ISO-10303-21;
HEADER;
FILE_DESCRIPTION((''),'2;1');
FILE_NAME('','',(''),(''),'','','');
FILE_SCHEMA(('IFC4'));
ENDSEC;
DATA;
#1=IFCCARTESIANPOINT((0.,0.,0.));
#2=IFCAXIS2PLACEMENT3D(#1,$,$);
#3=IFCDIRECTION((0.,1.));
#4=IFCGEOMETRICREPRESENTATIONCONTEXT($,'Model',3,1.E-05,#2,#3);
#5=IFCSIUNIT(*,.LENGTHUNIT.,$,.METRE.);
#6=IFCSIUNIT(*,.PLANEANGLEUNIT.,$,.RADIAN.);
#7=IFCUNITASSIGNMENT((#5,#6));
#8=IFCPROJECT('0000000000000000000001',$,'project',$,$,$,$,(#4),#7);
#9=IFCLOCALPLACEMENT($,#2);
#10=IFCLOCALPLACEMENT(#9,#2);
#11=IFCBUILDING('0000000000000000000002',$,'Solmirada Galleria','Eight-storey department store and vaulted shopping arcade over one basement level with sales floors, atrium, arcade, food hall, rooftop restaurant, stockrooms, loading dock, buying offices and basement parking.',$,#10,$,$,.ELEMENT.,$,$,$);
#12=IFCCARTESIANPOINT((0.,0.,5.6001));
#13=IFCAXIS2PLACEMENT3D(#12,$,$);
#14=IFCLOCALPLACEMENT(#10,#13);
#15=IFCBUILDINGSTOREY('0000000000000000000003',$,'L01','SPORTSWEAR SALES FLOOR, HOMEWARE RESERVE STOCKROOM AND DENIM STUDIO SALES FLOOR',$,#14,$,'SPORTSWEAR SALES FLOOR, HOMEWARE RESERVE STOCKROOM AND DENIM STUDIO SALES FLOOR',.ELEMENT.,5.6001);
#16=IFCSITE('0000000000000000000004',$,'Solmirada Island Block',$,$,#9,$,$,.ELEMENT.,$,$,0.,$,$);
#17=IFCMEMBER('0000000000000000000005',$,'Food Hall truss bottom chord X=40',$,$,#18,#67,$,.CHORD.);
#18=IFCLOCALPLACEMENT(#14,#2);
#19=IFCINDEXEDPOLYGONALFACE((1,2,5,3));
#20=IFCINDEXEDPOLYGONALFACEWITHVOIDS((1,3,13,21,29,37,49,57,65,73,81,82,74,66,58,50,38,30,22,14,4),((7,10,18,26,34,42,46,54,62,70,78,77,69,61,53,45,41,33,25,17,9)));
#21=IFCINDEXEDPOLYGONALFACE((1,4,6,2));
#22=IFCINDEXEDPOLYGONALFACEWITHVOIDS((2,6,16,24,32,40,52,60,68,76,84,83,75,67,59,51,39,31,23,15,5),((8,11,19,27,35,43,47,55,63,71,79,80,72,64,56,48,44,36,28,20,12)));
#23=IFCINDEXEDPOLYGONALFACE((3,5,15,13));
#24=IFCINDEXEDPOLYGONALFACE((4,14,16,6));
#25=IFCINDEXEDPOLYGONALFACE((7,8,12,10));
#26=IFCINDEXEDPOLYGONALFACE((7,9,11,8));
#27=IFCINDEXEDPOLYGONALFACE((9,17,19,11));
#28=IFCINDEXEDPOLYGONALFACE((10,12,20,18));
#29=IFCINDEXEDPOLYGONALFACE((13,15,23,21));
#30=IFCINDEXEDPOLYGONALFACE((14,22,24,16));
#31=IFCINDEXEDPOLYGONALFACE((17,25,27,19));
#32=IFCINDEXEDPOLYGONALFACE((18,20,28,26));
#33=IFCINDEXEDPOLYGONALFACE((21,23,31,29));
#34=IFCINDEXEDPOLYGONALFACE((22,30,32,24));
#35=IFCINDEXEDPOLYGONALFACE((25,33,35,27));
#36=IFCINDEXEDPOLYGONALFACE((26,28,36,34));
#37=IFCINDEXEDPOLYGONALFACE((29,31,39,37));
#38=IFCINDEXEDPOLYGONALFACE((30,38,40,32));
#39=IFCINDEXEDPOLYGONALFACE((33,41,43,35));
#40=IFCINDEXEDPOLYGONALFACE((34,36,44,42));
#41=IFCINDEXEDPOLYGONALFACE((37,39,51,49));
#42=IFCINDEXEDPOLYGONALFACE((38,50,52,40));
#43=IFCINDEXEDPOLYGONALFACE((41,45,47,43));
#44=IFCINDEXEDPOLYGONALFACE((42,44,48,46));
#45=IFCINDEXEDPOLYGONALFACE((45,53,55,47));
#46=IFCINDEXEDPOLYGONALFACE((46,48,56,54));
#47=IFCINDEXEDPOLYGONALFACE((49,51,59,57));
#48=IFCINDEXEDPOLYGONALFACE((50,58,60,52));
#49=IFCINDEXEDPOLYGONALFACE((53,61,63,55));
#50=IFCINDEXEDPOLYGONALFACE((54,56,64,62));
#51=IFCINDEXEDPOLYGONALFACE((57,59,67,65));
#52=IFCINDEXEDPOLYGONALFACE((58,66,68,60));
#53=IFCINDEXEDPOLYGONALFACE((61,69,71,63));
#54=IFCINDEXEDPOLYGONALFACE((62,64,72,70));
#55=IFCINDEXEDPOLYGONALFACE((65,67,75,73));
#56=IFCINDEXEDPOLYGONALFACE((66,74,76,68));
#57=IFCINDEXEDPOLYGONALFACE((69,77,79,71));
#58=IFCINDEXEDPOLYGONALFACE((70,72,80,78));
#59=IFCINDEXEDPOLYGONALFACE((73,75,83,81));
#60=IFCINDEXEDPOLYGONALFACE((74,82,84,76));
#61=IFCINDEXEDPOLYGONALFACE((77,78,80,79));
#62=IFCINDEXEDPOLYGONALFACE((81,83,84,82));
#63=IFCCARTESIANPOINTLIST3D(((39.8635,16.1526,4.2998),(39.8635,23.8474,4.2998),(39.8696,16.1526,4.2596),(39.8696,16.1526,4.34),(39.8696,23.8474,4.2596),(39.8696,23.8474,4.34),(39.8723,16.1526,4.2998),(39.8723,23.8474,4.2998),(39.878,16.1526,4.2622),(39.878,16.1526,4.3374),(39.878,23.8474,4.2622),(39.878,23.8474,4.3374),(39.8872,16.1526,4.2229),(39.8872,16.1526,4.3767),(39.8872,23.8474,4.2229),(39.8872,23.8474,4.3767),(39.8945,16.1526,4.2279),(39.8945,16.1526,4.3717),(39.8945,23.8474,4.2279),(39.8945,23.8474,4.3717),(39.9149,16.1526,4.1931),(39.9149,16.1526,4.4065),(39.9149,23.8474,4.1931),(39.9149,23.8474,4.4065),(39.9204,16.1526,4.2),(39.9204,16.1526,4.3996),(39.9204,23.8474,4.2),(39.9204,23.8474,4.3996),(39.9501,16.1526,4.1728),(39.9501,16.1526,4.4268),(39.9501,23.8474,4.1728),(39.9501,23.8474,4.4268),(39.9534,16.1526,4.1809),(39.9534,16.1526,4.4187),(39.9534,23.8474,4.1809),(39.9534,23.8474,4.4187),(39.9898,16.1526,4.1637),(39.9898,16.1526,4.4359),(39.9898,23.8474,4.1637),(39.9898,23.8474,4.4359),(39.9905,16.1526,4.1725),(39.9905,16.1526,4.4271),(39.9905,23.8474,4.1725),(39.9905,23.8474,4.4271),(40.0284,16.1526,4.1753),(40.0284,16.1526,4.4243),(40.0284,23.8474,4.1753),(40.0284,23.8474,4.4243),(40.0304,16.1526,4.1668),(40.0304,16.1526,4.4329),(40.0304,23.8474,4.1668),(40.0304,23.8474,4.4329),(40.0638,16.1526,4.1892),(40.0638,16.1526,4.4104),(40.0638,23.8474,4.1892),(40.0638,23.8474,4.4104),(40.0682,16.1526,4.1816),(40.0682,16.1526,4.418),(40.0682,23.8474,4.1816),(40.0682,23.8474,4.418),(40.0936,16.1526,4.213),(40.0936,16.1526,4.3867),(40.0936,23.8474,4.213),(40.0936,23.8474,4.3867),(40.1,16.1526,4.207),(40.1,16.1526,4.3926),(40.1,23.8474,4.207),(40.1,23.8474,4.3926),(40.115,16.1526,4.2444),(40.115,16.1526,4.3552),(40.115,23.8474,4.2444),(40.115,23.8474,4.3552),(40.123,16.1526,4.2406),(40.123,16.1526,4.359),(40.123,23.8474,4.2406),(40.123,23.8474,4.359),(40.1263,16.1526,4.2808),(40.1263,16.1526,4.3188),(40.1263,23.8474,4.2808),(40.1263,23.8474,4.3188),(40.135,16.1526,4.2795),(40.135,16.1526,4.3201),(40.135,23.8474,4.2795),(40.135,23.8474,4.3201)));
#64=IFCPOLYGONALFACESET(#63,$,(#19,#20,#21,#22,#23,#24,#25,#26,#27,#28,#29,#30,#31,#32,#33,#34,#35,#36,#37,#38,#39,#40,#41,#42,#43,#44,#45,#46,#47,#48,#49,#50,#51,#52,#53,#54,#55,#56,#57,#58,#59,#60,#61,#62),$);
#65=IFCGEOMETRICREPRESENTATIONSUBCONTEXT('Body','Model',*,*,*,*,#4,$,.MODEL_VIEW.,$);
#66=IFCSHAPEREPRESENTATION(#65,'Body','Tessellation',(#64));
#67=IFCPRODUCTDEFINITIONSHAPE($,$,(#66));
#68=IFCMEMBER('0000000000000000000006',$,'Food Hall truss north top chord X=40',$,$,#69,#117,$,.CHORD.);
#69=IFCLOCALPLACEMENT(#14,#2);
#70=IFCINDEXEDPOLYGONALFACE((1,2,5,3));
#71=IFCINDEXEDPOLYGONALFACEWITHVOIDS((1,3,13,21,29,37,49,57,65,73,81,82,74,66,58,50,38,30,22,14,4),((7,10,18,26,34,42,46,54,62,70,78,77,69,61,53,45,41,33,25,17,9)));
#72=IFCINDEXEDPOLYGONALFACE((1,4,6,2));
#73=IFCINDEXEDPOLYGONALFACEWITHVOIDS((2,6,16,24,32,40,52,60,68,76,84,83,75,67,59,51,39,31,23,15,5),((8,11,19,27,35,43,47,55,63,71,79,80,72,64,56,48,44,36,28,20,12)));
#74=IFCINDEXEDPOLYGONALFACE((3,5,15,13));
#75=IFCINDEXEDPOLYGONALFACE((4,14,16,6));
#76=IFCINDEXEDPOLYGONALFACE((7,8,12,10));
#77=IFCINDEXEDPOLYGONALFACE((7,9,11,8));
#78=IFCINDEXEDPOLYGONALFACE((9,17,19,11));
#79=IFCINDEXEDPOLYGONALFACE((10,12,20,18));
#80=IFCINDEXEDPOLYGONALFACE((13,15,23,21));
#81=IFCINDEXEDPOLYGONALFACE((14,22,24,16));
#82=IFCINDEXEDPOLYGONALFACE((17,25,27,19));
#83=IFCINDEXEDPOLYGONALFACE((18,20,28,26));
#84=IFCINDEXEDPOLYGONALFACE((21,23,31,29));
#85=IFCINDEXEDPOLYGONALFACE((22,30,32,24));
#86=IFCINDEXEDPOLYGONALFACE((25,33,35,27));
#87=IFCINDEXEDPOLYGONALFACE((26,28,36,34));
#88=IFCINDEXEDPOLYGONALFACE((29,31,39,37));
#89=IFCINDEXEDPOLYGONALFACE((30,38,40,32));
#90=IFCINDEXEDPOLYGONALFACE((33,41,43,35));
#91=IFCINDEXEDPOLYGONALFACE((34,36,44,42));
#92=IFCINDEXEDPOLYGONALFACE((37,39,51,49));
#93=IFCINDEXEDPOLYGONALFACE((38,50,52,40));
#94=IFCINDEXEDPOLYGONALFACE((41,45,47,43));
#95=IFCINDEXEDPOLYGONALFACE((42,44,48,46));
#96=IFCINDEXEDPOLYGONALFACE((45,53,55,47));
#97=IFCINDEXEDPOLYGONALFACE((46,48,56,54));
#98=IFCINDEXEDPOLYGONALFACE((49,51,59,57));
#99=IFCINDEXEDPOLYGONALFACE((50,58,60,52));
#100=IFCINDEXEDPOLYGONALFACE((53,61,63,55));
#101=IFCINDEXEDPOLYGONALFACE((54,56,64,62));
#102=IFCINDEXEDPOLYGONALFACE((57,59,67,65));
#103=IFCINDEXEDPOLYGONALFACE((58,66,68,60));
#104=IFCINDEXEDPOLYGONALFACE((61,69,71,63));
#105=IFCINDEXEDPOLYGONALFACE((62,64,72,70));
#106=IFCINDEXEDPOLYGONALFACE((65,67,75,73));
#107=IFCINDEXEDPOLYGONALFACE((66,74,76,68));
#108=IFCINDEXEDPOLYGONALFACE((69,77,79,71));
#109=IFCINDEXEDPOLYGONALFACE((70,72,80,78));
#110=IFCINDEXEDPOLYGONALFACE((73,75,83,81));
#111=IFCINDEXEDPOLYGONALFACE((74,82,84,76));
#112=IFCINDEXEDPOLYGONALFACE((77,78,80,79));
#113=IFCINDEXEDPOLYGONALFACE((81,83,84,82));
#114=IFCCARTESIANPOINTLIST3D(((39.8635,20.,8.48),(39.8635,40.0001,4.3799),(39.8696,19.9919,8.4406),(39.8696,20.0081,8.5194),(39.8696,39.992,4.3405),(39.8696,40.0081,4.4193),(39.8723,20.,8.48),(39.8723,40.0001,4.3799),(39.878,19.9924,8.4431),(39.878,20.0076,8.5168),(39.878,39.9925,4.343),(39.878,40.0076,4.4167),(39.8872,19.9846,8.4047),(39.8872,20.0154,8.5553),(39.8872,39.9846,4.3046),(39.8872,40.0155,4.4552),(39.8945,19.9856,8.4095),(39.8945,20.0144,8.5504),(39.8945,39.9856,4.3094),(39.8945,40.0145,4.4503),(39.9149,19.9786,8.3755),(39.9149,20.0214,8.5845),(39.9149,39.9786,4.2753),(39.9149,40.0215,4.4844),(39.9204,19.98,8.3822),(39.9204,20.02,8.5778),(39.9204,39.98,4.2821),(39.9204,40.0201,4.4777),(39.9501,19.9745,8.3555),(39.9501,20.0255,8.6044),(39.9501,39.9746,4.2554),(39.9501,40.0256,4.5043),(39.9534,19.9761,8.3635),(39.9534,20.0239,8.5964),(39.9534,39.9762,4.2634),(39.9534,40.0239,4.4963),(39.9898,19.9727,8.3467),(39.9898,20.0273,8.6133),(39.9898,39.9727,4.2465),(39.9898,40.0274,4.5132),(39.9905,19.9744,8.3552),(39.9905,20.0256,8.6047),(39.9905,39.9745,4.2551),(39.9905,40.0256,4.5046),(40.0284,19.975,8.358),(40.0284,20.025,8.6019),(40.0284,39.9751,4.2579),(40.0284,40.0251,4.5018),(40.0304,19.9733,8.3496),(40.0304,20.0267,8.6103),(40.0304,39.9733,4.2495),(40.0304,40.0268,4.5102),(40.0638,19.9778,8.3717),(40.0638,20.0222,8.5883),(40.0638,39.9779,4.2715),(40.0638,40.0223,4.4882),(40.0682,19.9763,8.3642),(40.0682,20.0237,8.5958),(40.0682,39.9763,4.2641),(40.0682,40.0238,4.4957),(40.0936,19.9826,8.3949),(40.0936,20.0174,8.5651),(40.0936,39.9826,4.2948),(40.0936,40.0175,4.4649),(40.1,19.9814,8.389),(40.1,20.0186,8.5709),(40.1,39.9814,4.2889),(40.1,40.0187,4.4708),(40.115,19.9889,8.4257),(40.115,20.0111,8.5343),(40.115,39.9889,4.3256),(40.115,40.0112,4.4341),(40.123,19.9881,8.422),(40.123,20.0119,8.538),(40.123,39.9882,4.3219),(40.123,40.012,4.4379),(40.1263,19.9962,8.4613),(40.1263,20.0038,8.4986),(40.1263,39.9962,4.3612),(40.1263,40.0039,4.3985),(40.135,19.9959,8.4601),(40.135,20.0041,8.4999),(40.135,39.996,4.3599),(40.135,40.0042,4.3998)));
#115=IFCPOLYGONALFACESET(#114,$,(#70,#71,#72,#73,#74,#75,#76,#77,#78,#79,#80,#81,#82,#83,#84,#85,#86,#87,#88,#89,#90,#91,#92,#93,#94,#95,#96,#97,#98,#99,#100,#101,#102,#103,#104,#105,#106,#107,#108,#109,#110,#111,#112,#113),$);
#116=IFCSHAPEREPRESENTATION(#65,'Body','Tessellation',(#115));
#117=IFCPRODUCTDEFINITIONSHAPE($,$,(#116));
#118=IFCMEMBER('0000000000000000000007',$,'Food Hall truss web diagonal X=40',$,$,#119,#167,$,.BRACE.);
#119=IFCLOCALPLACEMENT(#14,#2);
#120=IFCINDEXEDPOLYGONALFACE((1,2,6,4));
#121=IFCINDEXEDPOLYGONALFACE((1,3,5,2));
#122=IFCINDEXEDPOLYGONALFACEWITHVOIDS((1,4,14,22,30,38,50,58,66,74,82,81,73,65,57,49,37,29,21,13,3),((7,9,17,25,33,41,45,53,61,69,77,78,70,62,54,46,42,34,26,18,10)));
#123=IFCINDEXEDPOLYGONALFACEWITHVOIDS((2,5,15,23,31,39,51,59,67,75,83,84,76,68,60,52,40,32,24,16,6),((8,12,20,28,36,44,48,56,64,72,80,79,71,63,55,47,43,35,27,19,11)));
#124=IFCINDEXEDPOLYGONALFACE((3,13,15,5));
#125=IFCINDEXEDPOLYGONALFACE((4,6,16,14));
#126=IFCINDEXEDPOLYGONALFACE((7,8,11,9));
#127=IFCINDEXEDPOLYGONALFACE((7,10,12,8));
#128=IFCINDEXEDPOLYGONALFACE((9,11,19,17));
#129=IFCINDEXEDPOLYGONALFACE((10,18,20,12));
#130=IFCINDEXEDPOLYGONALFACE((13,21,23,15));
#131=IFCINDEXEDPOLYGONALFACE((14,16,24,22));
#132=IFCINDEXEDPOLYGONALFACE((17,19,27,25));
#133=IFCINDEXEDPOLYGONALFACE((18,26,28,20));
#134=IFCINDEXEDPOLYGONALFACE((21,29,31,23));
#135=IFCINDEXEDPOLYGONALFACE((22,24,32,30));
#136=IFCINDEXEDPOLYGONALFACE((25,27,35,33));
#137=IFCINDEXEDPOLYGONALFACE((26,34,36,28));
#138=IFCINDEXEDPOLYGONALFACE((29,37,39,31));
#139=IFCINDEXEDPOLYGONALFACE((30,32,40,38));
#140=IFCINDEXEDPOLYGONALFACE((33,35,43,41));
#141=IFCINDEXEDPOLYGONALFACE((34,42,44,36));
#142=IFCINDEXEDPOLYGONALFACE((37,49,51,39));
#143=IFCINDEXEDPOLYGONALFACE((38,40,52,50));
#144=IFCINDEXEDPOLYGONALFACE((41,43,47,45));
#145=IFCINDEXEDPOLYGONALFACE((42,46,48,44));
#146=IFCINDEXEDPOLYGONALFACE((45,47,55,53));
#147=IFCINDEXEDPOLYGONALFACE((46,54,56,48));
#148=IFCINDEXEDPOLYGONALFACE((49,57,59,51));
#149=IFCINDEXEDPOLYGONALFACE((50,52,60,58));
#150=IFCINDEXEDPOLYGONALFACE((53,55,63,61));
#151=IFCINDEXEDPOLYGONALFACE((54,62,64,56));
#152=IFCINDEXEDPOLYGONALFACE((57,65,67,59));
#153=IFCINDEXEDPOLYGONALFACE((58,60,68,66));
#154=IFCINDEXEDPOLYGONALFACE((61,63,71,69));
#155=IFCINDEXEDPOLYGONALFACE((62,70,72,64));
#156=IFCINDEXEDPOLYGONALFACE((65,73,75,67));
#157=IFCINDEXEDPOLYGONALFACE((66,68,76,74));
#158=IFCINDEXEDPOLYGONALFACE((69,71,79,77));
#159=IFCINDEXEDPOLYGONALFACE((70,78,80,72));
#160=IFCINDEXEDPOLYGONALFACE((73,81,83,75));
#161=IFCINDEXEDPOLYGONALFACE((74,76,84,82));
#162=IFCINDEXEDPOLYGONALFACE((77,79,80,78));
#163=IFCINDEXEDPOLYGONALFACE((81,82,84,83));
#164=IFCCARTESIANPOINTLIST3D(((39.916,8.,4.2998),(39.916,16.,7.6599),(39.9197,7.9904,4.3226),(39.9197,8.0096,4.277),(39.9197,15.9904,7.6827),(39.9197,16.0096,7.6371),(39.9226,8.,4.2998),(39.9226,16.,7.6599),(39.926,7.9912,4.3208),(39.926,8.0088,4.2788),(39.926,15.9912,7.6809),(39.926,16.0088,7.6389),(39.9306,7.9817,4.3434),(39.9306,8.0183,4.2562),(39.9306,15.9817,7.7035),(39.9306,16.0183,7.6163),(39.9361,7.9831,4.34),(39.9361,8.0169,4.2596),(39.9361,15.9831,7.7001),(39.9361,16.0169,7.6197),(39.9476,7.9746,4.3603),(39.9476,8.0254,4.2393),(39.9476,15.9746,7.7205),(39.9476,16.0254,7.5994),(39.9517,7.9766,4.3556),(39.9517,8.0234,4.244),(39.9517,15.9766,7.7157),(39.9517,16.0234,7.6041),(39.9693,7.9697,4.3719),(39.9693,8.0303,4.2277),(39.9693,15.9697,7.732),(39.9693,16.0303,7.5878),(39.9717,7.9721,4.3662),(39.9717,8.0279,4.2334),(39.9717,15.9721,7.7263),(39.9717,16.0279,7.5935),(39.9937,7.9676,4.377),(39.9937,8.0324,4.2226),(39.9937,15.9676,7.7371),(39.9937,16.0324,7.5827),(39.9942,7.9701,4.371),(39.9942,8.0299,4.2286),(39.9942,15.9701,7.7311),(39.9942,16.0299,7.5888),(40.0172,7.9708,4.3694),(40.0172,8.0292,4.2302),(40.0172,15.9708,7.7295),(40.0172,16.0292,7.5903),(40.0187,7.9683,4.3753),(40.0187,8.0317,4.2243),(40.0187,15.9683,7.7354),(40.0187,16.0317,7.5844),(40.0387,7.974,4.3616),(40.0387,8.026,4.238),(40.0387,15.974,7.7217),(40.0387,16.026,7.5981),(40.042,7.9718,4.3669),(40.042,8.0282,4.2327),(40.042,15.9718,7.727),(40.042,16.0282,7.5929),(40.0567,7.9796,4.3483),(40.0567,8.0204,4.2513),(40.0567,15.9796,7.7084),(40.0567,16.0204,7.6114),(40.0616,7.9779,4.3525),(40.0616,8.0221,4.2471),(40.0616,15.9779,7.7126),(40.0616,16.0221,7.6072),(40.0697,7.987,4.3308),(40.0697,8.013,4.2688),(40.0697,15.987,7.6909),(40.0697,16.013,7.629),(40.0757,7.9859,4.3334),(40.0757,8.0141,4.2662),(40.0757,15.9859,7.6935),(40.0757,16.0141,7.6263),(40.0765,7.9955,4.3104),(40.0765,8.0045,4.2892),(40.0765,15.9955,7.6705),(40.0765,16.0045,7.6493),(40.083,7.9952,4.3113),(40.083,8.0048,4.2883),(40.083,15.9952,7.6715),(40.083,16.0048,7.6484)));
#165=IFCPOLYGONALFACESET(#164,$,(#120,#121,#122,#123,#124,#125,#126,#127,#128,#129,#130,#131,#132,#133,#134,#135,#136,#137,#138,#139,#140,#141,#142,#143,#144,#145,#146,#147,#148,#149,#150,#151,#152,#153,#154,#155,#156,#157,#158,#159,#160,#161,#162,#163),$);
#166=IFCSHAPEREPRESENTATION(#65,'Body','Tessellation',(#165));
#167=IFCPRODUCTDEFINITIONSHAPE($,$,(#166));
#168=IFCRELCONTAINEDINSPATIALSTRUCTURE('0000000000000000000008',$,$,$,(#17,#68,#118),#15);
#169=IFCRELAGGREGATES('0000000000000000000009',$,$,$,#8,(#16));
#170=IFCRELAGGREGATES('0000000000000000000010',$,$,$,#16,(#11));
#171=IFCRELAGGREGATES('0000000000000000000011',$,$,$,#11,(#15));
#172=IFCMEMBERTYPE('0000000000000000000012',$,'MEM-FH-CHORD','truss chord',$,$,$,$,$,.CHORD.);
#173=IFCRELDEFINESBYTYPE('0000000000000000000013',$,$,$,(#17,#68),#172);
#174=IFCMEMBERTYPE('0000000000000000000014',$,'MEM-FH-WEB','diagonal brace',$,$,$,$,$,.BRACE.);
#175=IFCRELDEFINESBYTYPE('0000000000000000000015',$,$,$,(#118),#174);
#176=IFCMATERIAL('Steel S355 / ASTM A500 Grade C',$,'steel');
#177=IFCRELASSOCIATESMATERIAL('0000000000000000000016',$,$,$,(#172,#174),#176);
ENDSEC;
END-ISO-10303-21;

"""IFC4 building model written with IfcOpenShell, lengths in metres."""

from ifc_helpers import new_model, si_unit, direction, frame, origin, origin_2d, place, context, subcontext, project, spatial, hollow_circle, extrude, material, material_profile, profile_set, type_object, element, save


model = new_model("IFC4")

# Units and contexts
model_context = context("Model", 3, precision=1e-05, world=origin(), true_north=direction((0.0, 1.0)))
body_context = subcontext(model_context, "Body", "Model", "MODEL_VIEW")
ifc_project = project(units=[si_unit("LENGTHUNIT", "METRE"), si_unit("PLANEANGLEUNIT", "RADIAN")], contexts=[model_context])

# Site, building, storey
site_placement = place(None, origin())
site = spatial("IfcSite", under=ifc_project, at=site_placement, Name="Solmirada Island Block", CompositionType="ELEMENT", RefElevation=0.0)
building_placement = place(site_placement, origin())
building = spatial("IfcBuilding", under=site, at=building_placement, Name="Solmirada Galleria", Description="Eight-storey department store and vaulted shopping arcade over one basement level with sales floors, atrium, arcade, food hall, rooftop restaurant, stockrooms, loading dock, buying offices and basement parking.", CompositionType="ELEMENT")
storey_placement = place(building_placement, frame((0.0, 0.0, 5.6001)))
storey = spatial("IfcBuildingStorey", under=building, at=storey_placement, Name="L01", Description="SPORTSWEAR SALES FLOOR, HOMEWARE RESERVE STOCKROOM AND DENIM STUDIO SALES FLOOR", LongName="SPORTSWEAR SALES FLOOR, HOMEWARE RESERVE STOCKROOM AND DENIM STUDIO SALES FLOOR", CompositionType="ELEMENT", Elevation=5.6001)

# Shared definitions
ifc_material_1 = material(Name="Steel S355 / ASTM A500 Grade C", Category="steel")

# Members
ifc_material_profile_1 = material_profile(ifc_material_1, hollow_circle(Radius=0.1365, WallThickness=0.0088, at=origin_2d()), Name="HSS10.750X0.375")
ifc_profile_set_1 = profile_set([ifc_material_profile_1], Name="Steel S355 / ASTM A500 Grade C")
member_type_1 = type_object("IfcMemberType", Name="MEM-FH-CHORD", Description="truss chord", PredefinedType="CHORD", material=ifc_profile_set_1)
for number, where, z_axis, x_axis, name in (
    (1, (40.0, 16.1526, 4.2998), (0.0, 1.0, 0.0), (-1.0, 0.0, 0.0), "Food Hall truss bottom chord X=40"),
):
    element("IfcMember", number, at=place(storey_placement, frame(where, z_axis=z_axis, x_axis=x_axis)), inside=storey, type_object=member_type_1, Name=name, PredefinedType="CHORD", context=body_context, shape_type="SweptSolid", body=[
        extrude(hollow_circle(Radius=0.1365, WallThickness=0.0088, at=origin_2d()), origin(), (0.0, 0.0, 1.0), 7.6948),
    ])
member_1_placement = place(storey_placement, frame((40.0, 20.0, 8.48), z_axis=(0.0, 0.979626, -0.200828), x_axis=(-1.0, 0.0, 0.0)))
element("IfcMember", 2, at=member_1_placement, inside=storey, type_object=member_type_1, Name="Food Hall truss north top chord X=40", PredefinedType="CHORD", context=body_context, shape_type="SweptSolid", body=[
    extrude(hollow_circle(Radius=0.1365, WallThickness=0.0088, at=origin_2d()), origin(), (0.0, 0.0, 1.0), 20.416),
])
ifc_material_profile_2 = material_profile(ifc_material_1, hollow_circle(Radius=0.084, WallThickness=0.0066, at=origin_2d()), Name="HSS6.625X0.280")
ifc_profile_set_2 = profile_set([ifc_material_profile_2], Name="Steel S355 / ASTM A500 Grade C")
member_type_2 = type_object("IfcMemberType", Name="MEM-FH-WEB", Description="diagonal brace", PredefinedType="BRACE", material=ifc_profile_set_2)
member_2_placement = place(storey_placement, frame((40.0, 8.0, 4.2998), z_axis=(0.0, 0.921978, 0.387243), x_axis=(-1.0, 0.0, 0.0)))
element("IfcMember", 3, at=member_2_placement, inside=storey, type_object=member_type_2, Name="Food Hall truss web diagonal X=40", PredefinedType="BRACE", context=body_context, shape_type="SweptSolid", body=[
    extrude(hollow_circle(Radius=0.084, WallThickness=0.0066, at=origin_2d()), origin(), (0.0, 0.0, 1.0), 8.677),
])

save(model, "model.ifc")
